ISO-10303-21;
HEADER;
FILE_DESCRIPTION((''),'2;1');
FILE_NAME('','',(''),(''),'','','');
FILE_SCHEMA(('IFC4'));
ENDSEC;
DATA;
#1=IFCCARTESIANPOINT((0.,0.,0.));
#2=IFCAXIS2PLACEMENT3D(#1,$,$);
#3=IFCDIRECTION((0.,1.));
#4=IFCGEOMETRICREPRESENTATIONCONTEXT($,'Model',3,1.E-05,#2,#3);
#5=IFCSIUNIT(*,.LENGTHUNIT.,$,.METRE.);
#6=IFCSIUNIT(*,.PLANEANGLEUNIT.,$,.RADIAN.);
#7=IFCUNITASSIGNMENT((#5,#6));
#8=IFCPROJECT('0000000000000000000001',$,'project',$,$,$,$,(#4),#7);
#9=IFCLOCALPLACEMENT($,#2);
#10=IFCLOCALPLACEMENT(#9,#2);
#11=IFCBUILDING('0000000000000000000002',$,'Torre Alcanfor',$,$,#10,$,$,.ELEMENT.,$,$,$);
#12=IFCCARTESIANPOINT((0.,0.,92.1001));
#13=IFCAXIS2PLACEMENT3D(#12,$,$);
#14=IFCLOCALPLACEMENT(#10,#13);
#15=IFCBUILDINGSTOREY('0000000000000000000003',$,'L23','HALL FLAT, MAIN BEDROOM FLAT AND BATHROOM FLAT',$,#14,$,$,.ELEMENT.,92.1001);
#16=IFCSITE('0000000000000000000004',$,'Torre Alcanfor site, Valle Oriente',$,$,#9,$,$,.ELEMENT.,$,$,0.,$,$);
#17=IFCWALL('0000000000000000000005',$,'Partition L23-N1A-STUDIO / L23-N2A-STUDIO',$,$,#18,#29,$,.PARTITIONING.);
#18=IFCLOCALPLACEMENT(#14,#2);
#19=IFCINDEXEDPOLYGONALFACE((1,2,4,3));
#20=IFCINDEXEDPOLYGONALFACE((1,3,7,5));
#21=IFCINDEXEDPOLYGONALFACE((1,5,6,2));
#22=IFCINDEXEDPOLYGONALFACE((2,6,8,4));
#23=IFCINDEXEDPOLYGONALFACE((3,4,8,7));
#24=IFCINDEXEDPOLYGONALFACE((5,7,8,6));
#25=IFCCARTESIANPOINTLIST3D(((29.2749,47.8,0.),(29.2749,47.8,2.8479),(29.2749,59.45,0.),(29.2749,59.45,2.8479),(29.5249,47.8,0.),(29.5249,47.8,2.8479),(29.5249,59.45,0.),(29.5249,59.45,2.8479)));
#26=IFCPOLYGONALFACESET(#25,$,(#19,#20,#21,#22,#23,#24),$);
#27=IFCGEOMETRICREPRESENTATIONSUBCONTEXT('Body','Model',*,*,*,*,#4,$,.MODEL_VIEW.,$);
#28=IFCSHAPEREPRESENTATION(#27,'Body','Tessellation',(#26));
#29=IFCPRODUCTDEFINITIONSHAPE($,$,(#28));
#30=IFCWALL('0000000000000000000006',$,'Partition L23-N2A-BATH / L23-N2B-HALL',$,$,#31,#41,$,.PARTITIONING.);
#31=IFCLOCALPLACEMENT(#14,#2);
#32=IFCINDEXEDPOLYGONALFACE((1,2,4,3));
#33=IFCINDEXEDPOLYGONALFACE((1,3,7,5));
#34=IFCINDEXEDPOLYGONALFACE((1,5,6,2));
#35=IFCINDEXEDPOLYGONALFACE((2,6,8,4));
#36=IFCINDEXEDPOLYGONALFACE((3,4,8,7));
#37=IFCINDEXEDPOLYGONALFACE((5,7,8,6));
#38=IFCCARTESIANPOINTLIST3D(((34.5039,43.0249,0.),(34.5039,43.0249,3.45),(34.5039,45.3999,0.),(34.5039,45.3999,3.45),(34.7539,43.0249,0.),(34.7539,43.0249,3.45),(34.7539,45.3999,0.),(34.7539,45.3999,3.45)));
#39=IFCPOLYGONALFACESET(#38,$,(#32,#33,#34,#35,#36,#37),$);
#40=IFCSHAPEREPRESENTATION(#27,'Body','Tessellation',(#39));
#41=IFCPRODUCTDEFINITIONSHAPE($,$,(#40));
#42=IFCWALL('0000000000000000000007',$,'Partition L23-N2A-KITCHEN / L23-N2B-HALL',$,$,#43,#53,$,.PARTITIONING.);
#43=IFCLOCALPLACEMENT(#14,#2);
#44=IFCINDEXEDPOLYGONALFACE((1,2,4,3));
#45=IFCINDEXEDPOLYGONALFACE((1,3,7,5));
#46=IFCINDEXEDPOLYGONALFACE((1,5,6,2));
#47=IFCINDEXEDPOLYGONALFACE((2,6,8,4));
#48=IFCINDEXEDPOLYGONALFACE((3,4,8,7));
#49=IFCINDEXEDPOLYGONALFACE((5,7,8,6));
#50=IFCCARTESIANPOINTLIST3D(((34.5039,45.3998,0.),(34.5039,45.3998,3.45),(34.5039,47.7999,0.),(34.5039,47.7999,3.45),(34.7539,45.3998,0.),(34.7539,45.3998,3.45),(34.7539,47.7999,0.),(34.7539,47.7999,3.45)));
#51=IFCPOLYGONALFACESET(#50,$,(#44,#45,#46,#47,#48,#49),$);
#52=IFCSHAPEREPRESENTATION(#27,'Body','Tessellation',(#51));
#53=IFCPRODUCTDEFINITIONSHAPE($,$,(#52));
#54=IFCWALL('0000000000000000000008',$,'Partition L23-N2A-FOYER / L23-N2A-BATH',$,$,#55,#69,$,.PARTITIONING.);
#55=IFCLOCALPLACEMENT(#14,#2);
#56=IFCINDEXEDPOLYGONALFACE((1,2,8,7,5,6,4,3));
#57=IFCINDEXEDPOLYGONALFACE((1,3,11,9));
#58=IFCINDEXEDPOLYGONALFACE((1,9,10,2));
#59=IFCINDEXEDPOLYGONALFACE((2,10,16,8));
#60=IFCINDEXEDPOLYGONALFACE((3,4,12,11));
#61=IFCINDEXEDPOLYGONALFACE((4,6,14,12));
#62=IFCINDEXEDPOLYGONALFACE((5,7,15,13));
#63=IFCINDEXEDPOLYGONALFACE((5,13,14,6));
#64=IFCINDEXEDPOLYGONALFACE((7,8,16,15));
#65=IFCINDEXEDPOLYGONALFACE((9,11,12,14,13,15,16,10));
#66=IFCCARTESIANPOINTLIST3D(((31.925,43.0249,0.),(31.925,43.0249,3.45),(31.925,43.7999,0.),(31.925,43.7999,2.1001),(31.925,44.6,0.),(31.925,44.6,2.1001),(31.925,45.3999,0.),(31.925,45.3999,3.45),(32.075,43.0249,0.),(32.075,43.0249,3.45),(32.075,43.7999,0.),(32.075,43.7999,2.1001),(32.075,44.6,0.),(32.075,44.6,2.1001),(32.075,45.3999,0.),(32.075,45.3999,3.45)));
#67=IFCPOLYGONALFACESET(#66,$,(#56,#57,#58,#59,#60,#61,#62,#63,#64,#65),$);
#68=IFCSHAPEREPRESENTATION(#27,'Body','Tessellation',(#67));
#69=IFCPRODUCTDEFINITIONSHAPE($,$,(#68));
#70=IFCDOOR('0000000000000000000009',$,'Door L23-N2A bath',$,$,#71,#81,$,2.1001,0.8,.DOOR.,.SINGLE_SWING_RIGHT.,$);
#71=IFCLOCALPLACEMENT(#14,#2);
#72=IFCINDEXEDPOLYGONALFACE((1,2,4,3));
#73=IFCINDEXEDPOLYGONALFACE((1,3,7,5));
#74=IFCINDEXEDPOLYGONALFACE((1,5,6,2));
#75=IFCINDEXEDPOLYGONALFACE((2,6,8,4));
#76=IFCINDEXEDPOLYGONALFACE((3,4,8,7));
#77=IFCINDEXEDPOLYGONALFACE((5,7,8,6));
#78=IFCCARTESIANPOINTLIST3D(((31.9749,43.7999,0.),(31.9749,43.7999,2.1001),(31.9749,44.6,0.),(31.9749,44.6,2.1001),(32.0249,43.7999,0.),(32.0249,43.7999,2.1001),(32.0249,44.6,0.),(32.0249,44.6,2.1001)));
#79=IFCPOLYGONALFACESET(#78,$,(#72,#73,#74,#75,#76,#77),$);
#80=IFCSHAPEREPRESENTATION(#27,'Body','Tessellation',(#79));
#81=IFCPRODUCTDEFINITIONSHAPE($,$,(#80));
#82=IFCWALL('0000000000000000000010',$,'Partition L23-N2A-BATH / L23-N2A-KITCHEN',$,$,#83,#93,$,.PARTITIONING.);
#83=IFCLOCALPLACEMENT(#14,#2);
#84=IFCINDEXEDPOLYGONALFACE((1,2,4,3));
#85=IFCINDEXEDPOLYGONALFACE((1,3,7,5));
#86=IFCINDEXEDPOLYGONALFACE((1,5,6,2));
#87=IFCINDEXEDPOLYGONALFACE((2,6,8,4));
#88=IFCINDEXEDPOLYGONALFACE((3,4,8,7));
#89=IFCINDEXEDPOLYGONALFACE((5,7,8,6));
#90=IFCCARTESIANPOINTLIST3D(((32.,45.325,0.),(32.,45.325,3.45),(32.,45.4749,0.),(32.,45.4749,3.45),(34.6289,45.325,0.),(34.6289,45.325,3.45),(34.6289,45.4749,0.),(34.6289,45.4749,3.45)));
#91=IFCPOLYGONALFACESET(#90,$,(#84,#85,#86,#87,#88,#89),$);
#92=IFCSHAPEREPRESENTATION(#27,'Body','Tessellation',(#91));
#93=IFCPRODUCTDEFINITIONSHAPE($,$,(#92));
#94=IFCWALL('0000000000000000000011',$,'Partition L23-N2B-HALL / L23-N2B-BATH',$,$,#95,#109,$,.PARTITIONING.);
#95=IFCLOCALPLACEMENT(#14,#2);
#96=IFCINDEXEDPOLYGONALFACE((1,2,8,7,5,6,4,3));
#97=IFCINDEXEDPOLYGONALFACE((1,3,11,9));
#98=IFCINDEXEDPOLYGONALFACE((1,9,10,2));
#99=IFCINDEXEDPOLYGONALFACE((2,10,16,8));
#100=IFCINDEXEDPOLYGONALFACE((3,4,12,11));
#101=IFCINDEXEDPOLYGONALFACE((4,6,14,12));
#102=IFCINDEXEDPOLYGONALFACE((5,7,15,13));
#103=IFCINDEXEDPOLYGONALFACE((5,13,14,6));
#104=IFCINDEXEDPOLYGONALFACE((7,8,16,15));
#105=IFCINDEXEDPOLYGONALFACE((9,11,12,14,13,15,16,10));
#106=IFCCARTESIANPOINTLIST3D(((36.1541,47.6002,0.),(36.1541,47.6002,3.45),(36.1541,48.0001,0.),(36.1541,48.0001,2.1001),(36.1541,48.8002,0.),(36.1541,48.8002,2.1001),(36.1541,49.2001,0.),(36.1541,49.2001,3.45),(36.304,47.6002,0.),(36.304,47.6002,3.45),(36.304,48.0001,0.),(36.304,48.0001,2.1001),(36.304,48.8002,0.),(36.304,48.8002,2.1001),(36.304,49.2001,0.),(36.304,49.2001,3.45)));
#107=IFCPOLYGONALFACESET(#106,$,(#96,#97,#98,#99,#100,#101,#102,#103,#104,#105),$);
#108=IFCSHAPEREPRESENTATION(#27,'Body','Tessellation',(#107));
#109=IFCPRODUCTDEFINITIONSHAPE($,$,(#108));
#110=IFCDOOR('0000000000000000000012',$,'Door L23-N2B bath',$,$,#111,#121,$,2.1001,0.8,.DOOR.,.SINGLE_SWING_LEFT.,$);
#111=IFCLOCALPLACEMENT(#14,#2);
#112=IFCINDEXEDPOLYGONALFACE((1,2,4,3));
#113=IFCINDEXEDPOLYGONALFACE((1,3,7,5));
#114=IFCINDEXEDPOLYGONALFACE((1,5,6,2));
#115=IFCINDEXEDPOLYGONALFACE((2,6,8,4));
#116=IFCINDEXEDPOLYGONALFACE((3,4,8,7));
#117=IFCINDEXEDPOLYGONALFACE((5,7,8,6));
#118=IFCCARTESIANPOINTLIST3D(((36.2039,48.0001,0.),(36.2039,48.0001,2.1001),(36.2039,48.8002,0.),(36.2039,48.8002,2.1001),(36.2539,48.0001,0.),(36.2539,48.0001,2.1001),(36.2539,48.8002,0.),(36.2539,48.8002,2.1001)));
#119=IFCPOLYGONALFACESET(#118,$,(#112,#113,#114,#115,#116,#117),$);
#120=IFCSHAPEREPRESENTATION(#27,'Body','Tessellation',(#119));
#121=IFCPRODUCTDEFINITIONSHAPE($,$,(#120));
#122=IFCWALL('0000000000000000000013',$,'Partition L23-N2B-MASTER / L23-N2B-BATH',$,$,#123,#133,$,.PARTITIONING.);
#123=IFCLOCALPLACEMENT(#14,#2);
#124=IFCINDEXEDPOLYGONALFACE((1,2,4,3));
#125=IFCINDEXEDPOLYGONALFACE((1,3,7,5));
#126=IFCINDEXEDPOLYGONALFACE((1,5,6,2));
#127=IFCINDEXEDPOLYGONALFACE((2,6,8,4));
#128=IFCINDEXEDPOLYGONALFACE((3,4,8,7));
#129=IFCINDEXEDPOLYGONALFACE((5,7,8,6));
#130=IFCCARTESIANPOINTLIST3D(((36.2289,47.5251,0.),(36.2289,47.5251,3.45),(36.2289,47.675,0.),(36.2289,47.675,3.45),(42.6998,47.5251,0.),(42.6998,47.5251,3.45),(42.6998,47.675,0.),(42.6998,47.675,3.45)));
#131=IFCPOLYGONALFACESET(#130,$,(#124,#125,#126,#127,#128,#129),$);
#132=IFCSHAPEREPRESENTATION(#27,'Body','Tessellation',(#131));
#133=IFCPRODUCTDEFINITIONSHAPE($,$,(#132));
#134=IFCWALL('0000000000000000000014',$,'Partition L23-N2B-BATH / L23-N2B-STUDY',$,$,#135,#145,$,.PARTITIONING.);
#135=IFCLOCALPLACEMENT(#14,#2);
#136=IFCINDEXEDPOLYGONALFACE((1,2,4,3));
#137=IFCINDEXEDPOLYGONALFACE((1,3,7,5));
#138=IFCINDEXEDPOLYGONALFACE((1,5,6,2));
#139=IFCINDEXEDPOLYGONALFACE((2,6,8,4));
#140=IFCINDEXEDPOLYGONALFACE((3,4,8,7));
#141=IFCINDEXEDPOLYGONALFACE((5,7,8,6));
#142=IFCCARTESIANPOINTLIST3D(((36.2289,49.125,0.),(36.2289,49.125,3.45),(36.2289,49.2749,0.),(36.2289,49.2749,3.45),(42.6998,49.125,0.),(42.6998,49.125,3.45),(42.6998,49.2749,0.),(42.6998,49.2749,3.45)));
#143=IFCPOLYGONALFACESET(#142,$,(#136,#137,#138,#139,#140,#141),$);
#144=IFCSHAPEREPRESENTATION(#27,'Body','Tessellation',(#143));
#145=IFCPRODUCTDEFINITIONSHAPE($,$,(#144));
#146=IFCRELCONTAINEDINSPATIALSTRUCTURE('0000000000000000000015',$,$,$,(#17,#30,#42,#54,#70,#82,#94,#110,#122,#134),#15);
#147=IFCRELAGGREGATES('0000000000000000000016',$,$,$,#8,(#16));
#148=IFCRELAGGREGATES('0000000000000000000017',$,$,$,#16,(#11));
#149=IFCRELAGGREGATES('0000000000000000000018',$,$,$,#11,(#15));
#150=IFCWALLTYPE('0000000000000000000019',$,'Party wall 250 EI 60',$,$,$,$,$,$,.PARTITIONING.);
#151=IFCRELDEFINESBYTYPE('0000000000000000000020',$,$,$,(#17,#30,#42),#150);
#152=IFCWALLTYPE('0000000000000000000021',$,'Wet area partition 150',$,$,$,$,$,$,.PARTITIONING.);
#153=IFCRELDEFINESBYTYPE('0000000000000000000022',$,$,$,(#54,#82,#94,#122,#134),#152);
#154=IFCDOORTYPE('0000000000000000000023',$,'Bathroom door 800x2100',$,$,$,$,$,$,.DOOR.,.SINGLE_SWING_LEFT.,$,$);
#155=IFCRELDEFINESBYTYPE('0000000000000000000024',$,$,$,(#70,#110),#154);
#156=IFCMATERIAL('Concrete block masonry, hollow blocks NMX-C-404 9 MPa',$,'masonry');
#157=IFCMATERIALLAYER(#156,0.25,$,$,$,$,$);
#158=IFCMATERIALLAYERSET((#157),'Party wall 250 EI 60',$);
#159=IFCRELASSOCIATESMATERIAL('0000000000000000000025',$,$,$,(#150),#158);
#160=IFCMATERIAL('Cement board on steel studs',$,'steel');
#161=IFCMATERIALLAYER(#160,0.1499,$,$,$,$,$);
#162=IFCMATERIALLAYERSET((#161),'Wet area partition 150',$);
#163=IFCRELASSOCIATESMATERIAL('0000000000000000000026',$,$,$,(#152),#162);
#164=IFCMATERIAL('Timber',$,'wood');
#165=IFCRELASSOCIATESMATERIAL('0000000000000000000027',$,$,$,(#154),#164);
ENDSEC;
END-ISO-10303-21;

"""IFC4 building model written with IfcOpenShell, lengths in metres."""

from ifc_helpers import new_model, si_unit, direction, frame, frame_2d, origin, place, context, subcontext, project, spatial, rectangle, extrude, material, layer, layer_set, type_object, element, fill, save


model = new_model("IFC4")

# Units and contexts
model_context = context("Model", 3, precision=1e-05, world=origin(), true_north=direction((0.0, 1.0)))
body_context = subcontext(model_context, "Body", "Model", "MODEL_VIEW")
ifc_project = project(units=[si_unit("LENGTHUNIT", "METRE"), si_unit("PLANEANGLEUNIT", "RADIAN")], contexts=[model_context])

# Site, building, storey
site_placement = place(None, origin())
site = spatial("IfcSite", under=ifc_project, at=site_placement, Name="Torre Alcanfor site, Valle Oriente", CompositionType="ELEMENT", RefElevation=0.0)
building_placement = place(site_placement, origin())
building = spatial("IfcBuilding", under=site, at=building_placement, Name="Torre Alcanfor", CompositionType="ELEMENT")
storey_placement = place(building_placement, frame((0.0, 0.0, 92.1001)))
storey = spatial("IfcBuildingStorey", under=building, at=storey_placement, Name="L23", Description="HALL FLAT, MAIN BEDROOM FLAT AND BATHROOM FLAT", CompositionType="ELEMENT", Elevation=92.1001)

# Walls
ifc_material_1 = material(Name="Concrete block masonry, hollow blocks NMX-C-404 9 MPa", Category="masonry")
ifc_layer_1 = layer(ifc_material_1, 0.25)
ifc_layer_set_1 = layer_set([ifc_layer_1], Name="Party wall 250 EI 60")
wall_type_1 = type_object("IfcWallType", Name="Party wall 250 EI 60", PredefinedType="PARTITIONING", material=ifc_layer_set_1)
wall_1_placement = place(storey_placement, frame((29.3999, 47.8, 0.0), z_axis=(0.0, 0.0, 1.0), x_axis=(0.0, 1.0, 0.0)))
element("IfcWall", 1, at=wall_1_placement, inside=storey, type_object=wall_type_1, Name="Partition L23-N1A-STUDIO / L23-N2A-STUDIO", PredefinedType="PARTITIONING", context=body_context, shape_type="SweptSolid", body=[
    extrude(rectangle(XDim=11.6499, YDim=0.25, at=frame_2d((5.825, 0.0))), origin(), (0.0, 0.0, 1.0), 2.8479),
])
wall_2_placement = place(storey_placement, frame((34.6289, 45.3999, 0.0), z_axis=(0.0, 0.0, 1.0), x_axis=(0.0, -1.0, 0.0)))
element("IfcWall", 2, at=wall_2_placement, inside=storey, type_object=wall_type_1, Name="Partition L23-N2A-BATH / L23-N2B-HALL", PredefinedType="PARTITIONING", context=body_context, shape_type="SweptSolid", body=[
    extrude(rectangle(XDim=2.375, YDim=0.25, at=frame_2d((1.1875, 0.0))), origin(), (0.0, 0.0, 1.0), 3.45),
])
wall_3_placement = place(storey_placement, frame((34.6289, 47.8, 0.0), z_axis=(0.0, 0.0, 1.0), x_axis=(0.0, -1.0, 0.0)))
element("IfcWall", 3, at=wall_3_placement, inside=storey, type_object=wall_type_1, Name="Partition L23-N2A-KITCHEN / L23-N2B-HALL", PredefinedType="PARTITIONING", context=body_context, shape_type="SweptSolid", body=[
    extrude(rectangle(XDim=2.4001, YDim=0.25, at=frame_2d((1.2002, 0.0))), origin(), (0.0, 0.0, 1.0), 3.45),
])

# Wall, opening, door
ifc_material_2 = material(Name="Cement board on steel studs", Category="steel")
ifc_layer_2 = layer(ifc_material_2, 0.1499)
ifc_layer_set_2 = layer_set([ifc_layer_2], Name="Wet area partition 150")
wall_type_2 = type_object("IfcWallType", Name="Wet area partition 150", PredefinedType="PARTITIONING", material=ifc_layer_set_2)
wall_4_placement = place(storey_placement, frame((32.0, 45.3999, 0.0), z_axis=(0.0, 0.0, 1.0), x_axis=(0.0, -1.0, 0.0)))
wall_4 = element("IfcWall", 4, at=wall_4_placement, inside=storey, type_object=wall_type_2, Name="Partition L23-N2A-FOYER / L23-N2A-BATH", PredefinedType="PARTITIONING", context=body_context, shape_type="SweptSolid", body=[
    extrude(rectangle(XDim=2.375, YDim=0.1499, at=frame_2d((1.1875, 0.0))), origin(), (0.0, 0.0, 1.0), 3.45),
])
opening_1_placement = place(wall_4_placement, frame((0.8, 0.0, 0.0)))
opening_1 = element("IfcOpeningElement", 5, at=opening_1_placement, cuts=wall_4, PredefinedType="OPENING", context=body_context, shape_type="SweptSolid", body=[
    extrude(rectangle(XDim=0.8, YDim=2.1001, at=frame_2d((0.3999, 1.05))), frame((0.0, 0.085, 0.0), z_axis=(0.0, -1.0, 0.0), x_axis=(1.0, 0.0, 0.0)), (0.0, 0.0, 1.0), 0.1699),
])
ifc_material_3 = material(Name="Timber", Category="wood")
door_type_1 = type_object("IfcDoorType", Name="Bathroom door 800x2100", OperationType="SINGLE_SWING_LEFT", PredefinedType="DOOR", material=ifc_material_3)
door_1_placement = place(opening_1_placement, origin())
door_1 = element("IfcDoor", 6, at=door_1_placement, inside=storey, type_object=door_type_1, Name="Door L23-N2A bath", OperationType="SINGLE_SWING_RIGHT", OverallHeight=2.1001, OverallWidth=0.8, PredefinedType="DOOR", context=body_context, shape_type="SweptSolid", body=[
    extrude(rectangle(XDim=0.8, YDim=2.1001, at=frame_2d((0.3999, 1.05))), frame((0.0, 0.0249, 0.0), z_axis=(0.0, -1.0, 0.0), x_axis=(1.0, 0.0, 0.0)), (0.0, 0.0, 1.0), 0.05),
])
fill(opening_1, door_1)

# Wall
wall_5_placement = place(storey_placement, frame((32.0, 45.3999, 0.0), z_axis=(0.0, 0.0, 1.0), x_axis=(1.0, 0.0, 0.0)))
element("IfcWall", 7, at=wall_5_placement, inside=storey, type_object=wall_type_2, Name="Partition L23-N2A-BATH / L23-N2A-KITCHEN", PredefinedType="PARTITIONING", context=body_context, shape_type="SweptSolid", body=[
    extrude(rectangle(XDim=2.6289, YDim=0.1499, at=frame_2d((1.3145, 0.0))), origin(), (0.0, 0.0, 1.0), 3.45),
])

# Wall, opening, door
wall_6_placement = place(storey_placement, frame((36.229, 49.2, 0.0), z_axis=(0.0, 0.0, 1.0), x_axis=(0.0, -1.0, 0.0)))
wall_6 = element("IfcWall", 8, at=wall_6_placement, inside=storey, type_object=wall_type_2, Name="Partition L23-N2B-HALL / L23-N2B-BATH", PredefinedType="PARTITIONING", context=body_context, shape_type="SweptSolid", body=[
    extrude(rectangle(XDim=1.5999, YDim=0.1499, at=frame_2d((0.7998, 0.0))), origin(), (0.0, 0.0, 1.0), 3.45),
])
opening_2_placement = place(wall_6_placement, frame((0.3999, 0.0, 0.0)))
opening_2 = element("IfcOpeningElement", 9, at=opening_2_placement, cuts=wall_6, PredefinedType="OPENING", context=body_context, shape_type="SweptSolid", body=[
    extrude(rectangle(XDim=0.8, YDim=2.1001, at=frame_2d((0.3999, 1.05))), frame((0.0, 0.085, 0.0), z_axis=(0.0, -1.0, 0.0), x_axis=(1.0, 0.0, 0.0)), (0.0, 0.0, 1.0), 0.1699),
])
door_2_placement = place(opening_2_placement, origin())
door_2 = element("IfcDoor", 10, at=door_2_placement, inside=storey, type_object=door_type_1, Name="Door L23-N2B bath", OperationType="SINGLE_SWING_LEFT", OverallHeight=2.1001, OverallWidth=0.8, PredefinedType="DOOR", context=body_context, shape_type="SweptSolid", body=[
    extrude(rectangle(XDim=0.8, YDim=2.1001, at=frame_2d((0.3999, 1.05))), frame((0.0, 0.0249, 0.0), z_axis=(0.0, -1.0, 0.0), x_axis=(1.0, 0.0, 0.0)), (0.0, 0.0, 1.0), 0.05),
])
fill(opening_2, door_2)

# Walls
for number, where, z_axis, x_axis, name in (
    (11, (36.229, 47.6001, 0.0), (0.0, 0.0, 1.0), (1.0, 0.0, 0.0), "Partition L23-N2B-MASTER / L23-N2B-BATH"),
    (12, (36.229, 49.2, 0.0), (0.0, 0.0, 1.0), (1.0, 0.0, 0.0), "Partition L23-N2B-BATH / L23-N2B-STUDY"),
):
    element("IfcWall", number, at=place(storey_placement, frame(where, z_axis=z_axis, x_axis=x_axis)), inside=storey, type_object=wall_type_2, Name=name, PredefinedType="PARTITIONING", context=body_context, shape_type="SweptSolid", body=[
        extrude(rectangle(XDim=6.4709, YDim=0.1499, at=frame_2d((3.2354, 0.0))), origin(), (0.0, 0.0, 1.0), 3.45),
    ])

save(model, "model.ifc")
